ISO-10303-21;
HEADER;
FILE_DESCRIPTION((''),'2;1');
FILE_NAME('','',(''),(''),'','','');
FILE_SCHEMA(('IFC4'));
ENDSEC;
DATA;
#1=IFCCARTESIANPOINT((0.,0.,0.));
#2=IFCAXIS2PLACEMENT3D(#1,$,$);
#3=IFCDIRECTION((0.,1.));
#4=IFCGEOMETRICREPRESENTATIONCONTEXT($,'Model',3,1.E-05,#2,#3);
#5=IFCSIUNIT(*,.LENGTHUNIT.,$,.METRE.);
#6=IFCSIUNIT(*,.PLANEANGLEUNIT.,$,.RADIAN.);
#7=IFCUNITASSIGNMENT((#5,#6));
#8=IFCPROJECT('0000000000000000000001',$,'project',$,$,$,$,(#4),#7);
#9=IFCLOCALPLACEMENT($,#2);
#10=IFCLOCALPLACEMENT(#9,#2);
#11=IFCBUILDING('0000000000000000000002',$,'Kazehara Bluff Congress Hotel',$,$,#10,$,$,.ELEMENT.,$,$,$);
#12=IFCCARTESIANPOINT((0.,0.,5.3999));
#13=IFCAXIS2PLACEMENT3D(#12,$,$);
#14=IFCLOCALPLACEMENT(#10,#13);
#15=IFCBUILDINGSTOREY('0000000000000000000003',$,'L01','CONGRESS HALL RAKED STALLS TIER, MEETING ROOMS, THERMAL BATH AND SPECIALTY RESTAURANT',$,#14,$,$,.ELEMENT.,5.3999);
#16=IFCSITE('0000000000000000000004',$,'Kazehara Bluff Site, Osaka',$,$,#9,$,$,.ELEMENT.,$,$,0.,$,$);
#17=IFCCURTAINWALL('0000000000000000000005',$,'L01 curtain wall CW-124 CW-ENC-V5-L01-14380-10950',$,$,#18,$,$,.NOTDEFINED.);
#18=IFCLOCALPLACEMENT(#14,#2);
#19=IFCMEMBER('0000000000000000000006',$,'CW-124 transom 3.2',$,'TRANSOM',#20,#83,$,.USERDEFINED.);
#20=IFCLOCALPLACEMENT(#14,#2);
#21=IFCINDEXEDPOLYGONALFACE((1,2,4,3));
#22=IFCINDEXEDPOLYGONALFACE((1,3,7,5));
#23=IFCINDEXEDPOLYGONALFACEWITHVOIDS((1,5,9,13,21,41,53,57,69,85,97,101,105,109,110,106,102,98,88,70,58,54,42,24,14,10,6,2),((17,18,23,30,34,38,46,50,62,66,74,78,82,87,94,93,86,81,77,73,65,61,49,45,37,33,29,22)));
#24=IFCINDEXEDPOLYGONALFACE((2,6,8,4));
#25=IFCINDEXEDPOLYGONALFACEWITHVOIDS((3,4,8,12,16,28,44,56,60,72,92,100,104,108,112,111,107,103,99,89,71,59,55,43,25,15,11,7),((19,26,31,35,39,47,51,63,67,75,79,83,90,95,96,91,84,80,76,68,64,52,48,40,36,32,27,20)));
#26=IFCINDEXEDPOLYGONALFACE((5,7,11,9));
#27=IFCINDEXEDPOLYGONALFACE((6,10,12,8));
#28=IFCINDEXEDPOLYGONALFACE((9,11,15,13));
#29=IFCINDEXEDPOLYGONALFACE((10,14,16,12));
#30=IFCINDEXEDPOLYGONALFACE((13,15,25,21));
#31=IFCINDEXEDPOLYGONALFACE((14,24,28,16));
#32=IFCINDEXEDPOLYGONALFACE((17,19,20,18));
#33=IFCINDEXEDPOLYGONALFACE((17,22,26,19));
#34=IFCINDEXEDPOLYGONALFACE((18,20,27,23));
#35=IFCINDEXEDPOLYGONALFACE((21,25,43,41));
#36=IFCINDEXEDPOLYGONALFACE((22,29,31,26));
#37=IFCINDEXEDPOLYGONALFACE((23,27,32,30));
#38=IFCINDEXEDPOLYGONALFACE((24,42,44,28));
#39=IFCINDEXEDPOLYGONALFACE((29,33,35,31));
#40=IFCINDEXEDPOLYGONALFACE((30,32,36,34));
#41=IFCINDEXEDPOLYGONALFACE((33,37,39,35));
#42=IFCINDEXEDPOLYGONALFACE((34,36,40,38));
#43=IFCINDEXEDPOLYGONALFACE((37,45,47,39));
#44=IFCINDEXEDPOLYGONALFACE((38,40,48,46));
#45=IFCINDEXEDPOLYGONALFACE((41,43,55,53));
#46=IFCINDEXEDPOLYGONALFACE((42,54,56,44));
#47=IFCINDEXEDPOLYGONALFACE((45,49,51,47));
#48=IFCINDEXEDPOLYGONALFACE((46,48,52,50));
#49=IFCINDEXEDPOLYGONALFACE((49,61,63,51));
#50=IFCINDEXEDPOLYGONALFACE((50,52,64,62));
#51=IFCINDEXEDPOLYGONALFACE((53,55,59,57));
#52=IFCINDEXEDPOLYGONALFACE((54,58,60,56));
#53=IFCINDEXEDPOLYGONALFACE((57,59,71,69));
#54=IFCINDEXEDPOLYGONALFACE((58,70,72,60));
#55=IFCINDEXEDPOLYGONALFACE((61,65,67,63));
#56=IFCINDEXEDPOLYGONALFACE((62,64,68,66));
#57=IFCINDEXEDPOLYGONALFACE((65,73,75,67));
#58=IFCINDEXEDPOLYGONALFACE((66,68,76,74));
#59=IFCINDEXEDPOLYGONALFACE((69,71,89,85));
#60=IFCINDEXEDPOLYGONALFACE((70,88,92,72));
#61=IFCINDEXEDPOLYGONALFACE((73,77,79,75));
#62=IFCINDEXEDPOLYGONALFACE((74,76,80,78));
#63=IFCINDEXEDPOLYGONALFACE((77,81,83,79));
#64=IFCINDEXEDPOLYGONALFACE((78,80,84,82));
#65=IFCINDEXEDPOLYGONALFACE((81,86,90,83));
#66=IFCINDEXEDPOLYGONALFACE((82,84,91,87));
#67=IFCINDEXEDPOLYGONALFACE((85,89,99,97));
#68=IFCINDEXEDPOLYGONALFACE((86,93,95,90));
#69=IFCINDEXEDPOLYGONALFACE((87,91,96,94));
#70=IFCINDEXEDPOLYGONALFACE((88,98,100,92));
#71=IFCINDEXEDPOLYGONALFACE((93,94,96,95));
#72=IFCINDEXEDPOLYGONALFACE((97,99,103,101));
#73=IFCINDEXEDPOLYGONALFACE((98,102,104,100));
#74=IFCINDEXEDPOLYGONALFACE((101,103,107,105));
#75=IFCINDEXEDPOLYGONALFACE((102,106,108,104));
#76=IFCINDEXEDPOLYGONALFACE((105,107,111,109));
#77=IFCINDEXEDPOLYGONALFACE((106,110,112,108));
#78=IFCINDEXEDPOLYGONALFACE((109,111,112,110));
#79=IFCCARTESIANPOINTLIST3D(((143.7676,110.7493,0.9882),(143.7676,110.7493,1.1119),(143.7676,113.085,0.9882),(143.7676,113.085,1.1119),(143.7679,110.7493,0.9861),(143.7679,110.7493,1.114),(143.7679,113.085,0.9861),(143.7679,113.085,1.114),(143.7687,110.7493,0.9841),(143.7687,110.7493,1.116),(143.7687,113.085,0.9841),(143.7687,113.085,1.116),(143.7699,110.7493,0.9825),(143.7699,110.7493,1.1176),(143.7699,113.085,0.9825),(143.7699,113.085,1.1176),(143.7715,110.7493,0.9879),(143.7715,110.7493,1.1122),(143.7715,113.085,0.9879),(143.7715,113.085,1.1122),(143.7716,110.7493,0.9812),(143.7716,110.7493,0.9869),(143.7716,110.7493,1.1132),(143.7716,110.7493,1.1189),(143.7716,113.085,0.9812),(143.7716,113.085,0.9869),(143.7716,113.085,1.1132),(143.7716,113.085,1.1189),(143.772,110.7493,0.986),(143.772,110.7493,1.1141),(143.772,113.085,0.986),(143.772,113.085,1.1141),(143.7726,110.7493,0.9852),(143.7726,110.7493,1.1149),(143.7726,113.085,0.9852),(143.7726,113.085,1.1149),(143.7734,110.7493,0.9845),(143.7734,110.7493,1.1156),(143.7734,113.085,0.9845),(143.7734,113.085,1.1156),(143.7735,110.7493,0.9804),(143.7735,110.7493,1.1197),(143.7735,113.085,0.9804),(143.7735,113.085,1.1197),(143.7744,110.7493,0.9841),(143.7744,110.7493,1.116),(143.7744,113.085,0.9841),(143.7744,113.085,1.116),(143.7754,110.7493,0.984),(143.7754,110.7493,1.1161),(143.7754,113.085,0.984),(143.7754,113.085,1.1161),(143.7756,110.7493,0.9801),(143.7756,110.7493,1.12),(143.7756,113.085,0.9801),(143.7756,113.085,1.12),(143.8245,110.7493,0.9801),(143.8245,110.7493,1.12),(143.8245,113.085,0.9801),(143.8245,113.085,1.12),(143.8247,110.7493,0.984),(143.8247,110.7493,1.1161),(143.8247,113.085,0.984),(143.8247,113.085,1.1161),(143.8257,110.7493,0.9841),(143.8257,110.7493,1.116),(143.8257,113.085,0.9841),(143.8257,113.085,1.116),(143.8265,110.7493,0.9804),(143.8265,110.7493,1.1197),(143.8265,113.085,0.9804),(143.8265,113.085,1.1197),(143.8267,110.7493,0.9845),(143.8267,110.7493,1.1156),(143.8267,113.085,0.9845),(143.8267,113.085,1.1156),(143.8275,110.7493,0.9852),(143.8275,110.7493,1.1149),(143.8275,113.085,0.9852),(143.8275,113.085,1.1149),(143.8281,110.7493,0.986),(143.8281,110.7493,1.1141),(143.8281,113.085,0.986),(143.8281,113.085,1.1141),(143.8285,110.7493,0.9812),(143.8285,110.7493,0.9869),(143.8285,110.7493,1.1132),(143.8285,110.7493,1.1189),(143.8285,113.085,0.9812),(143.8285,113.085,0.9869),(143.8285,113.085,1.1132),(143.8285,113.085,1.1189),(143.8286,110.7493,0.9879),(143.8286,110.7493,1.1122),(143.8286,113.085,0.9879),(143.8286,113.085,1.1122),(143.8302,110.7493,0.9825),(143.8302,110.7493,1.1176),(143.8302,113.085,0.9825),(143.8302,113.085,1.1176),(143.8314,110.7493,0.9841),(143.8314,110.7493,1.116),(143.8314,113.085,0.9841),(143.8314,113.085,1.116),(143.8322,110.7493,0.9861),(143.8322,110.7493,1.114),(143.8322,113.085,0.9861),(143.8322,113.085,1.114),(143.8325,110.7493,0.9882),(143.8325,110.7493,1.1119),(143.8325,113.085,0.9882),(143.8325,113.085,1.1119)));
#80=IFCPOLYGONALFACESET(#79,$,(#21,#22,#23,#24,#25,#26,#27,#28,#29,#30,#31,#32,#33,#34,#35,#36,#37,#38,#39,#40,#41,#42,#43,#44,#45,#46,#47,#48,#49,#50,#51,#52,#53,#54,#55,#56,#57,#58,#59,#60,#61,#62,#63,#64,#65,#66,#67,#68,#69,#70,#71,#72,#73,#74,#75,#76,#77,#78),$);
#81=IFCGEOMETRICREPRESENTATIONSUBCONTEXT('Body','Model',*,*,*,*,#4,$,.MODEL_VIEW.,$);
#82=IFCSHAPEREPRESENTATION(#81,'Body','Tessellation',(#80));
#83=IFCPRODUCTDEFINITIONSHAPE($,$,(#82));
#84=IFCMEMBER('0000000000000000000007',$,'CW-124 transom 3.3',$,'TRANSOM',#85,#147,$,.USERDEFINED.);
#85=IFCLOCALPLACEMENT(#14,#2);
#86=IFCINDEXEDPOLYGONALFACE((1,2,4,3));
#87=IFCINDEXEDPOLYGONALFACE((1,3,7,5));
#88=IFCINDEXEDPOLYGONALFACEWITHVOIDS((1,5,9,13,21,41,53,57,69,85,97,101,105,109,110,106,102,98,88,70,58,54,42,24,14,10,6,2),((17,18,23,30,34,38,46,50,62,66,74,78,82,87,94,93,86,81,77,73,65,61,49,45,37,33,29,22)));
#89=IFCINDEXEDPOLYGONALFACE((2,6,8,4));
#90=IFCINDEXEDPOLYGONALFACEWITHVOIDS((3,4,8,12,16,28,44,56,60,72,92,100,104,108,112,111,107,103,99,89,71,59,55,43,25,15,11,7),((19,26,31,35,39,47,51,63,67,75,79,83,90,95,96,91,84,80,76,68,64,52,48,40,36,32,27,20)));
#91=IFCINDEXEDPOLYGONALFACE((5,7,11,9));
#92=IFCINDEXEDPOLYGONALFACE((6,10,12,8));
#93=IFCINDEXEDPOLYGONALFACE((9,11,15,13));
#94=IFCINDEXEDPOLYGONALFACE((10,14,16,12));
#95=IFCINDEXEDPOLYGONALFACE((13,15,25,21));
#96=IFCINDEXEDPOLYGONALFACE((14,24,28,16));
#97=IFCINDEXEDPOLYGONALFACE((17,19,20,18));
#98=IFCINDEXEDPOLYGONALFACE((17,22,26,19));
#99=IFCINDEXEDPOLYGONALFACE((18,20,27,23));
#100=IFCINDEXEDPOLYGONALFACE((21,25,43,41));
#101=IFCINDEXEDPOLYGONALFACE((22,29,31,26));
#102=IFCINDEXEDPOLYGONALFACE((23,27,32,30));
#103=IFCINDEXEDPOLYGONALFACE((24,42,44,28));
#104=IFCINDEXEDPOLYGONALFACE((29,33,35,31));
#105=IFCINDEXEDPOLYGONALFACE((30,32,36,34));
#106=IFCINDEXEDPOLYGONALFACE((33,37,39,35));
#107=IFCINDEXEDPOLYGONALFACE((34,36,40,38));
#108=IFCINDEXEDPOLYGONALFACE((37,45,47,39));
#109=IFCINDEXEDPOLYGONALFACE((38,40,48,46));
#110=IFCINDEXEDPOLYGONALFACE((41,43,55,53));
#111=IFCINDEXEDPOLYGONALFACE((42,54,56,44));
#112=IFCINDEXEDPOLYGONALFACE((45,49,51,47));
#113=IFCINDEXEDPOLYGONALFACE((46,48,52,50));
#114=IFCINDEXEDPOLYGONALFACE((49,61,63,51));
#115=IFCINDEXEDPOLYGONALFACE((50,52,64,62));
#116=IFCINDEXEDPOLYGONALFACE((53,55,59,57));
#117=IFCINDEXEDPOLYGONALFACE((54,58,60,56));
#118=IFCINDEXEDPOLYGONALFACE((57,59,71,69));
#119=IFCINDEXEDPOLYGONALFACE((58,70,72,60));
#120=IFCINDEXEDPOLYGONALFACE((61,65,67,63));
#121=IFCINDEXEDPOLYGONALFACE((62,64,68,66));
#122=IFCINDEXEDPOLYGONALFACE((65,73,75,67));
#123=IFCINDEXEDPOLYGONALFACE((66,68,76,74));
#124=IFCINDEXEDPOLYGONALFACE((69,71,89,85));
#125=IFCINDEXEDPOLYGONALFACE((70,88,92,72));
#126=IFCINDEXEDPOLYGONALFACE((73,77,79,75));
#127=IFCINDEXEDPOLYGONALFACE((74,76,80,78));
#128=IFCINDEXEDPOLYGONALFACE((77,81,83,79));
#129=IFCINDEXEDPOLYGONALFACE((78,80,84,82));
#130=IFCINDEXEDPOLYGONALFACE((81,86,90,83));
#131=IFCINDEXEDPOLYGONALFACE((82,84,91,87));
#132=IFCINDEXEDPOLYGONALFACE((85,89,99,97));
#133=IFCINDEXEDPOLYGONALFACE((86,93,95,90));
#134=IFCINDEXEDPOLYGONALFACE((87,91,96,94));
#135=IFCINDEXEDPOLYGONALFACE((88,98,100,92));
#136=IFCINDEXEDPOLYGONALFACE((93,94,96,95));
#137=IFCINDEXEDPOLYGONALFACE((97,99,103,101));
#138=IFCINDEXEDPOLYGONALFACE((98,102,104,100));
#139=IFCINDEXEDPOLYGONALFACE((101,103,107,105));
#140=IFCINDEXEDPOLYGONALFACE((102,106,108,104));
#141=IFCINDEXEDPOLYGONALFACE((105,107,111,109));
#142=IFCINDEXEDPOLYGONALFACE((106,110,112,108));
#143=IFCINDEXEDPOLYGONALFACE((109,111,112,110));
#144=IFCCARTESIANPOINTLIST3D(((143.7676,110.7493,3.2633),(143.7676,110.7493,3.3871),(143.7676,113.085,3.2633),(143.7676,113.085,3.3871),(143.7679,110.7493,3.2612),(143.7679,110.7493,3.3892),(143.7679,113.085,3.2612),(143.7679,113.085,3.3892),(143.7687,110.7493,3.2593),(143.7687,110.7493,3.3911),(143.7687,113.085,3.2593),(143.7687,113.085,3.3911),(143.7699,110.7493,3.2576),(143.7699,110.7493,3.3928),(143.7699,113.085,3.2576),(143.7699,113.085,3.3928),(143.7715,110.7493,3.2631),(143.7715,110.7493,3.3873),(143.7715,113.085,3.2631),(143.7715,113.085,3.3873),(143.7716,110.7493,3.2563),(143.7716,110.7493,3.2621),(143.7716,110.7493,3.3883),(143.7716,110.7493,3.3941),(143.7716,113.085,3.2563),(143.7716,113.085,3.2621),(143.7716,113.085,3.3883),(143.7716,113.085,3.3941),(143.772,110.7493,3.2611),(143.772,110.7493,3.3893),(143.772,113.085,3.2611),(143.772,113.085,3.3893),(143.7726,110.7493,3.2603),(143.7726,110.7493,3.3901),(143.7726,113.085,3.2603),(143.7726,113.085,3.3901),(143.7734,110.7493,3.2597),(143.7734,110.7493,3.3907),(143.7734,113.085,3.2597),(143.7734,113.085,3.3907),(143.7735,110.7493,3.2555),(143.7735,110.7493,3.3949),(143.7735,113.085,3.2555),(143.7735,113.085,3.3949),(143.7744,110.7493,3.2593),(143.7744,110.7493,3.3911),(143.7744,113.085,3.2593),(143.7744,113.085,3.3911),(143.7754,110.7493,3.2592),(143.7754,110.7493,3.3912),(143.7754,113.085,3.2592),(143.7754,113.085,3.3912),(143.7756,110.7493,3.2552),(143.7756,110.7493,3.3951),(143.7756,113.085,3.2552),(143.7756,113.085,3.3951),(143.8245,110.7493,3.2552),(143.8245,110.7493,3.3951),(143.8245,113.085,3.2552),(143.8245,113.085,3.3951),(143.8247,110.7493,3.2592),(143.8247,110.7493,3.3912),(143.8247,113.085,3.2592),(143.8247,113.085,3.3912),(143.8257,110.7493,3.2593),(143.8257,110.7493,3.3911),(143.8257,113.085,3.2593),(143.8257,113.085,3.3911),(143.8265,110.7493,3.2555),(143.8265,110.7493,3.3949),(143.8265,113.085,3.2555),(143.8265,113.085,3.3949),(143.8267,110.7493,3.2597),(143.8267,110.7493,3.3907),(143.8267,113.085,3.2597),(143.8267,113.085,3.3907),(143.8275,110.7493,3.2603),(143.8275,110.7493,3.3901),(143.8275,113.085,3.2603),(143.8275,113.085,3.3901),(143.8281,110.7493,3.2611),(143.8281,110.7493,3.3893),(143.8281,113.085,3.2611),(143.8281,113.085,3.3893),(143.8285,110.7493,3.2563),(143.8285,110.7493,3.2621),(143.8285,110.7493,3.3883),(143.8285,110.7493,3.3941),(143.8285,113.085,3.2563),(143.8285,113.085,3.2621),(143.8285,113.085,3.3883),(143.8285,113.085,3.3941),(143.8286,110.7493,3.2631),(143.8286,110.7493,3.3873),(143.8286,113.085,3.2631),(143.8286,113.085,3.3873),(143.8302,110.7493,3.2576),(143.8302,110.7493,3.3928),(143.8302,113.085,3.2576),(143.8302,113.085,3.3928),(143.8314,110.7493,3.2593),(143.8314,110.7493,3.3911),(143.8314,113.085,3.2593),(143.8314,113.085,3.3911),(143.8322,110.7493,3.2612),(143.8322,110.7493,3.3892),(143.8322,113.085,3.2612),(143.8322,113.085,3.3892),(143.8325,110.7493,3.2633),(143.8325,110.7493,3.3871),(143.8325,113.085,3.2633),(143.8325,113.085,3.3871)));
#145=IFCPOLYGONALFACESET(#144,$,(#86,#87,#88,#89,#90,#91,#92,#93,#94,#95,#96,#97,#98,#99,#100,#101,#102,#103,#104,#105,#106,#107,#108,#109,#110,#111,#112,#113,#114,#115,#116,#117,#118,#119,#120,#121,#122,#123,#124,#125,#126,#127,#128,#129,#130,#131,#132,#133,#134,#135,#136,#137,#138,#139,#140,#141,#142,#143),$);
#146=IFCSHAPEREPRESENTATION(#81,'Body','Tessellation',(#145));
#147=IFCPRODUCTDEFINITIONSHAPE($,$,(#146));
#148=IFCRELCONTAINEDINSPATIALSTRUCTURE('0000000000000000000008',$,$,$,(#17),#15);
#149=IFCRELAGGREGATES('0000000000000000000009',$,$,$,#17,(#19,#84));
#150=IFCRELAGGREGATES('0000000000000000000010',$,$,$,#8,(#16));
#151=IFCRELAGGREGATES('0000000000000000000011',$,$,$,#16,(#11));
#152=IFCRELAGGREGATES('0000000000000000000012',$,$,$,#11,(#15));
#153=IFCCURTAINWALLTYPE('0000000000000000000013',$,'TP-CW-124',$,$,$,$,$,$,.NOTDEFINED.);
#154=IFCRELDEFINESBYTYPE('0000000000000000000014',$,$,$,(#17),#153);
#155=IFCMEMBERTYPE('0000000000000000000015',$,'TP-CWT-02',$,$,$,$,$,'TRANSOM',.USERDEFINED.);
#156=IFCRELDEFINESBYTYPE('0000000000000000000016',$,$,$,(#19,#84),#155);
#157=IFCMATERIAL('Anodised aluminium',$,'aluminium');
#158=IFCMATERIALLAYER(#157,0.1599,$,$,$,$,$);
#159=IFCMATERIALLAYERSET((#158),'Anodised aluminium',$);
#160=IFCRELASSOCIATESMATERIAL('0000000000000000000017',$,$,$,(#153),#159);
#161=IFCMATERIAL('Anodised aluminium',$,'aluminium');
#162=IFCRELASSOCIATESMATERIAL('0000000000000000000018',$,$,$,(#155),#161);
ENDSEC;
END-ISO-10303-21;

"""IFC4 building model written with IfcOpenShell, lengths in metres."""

from ifc_helpers import new_model, si_unit, direction, frame, origin, origin_2d, place, context, subcontext, project, spatial, hollow_rectangle, extrude, material, layer, layer_set, material_profile, profile_set, type_object, element, aggregate, save


model = new_model("IFC4")

# Units and contexts
model_context = context("Model", 3, precision=1e-05, world=origin(), true_north=direction((0.0, 1.0)))
body_context = subcontext(model_context, "Body", "Model", "MODEL_VIEW")
ifc_project = project(units=[si_unit("LENGTHUNIT", "METRE"), si_unit("PLANEANGLEUNIT", "RADIAN")], contexts=[model_context])

# Site, building, storey
site_placement = place(None, origin())
site = spatial("IfcSite", under=ifc_project, at=site_placement, Name="Kazehara Bluff Site, Osaka", CompositionType="ELEMENT", RefElevation=0.0)
building_placement = place(site_placement, origin())
building = spatial("IfcBuilding", under=site, at=building_placement, Name="Kazehara Bluff Congress Hotel", CompositionType="ELEMENT")
storey_placement = place(building_placement, frame((0.0, 0.0, 5.3999)))
storey = spatial("IfcBuildingStorey", under=building, at=storey_placement, Name="L01", Description="CONGRESS HALL RAKED STALLS TIER, MEETING ROOMS, THERMAL BATH AND SPECIALTY RESTAURANT", CompositionType="ELEMENT", Elevation=5.3999)

# Curtain wall
ifc_material_1 = material(Name="Anodised aluminium", Category="aluminium")
ifc_layer_1 = layer(ifc_material_1, 0.1599)
ifc_layer_set_1 = layer_set([ifc_layer_1], Name="Anodised aluminium")
curtain_wall_type_1 = type_object("IfcCurtainWallType", Name="TP-CW-124", PredefinedType="NOTDEFINED", material=ifc_layer_set_1)
curtain_wall_1_placement = place(storey_placement, origin())
curtain_wall_1 = element("IfcCurtainWall", 1, at=curtain_wall_1_placement, inside=storey, type_object=curtain_wall_type_1, Name="L01 curtain wall CW-124 CW-ENC-V5-L01-14380-10950", PredefinedType="NOTDEFINED")

# Members
ifc_material_2 = material(Name="Anodised aluminium", Category="aluminium")
ifc_material_profile_1 = material_profile(ifc_material_2, hollow_rectangle(XDim=0.0649, YDim=0.1399, WallThickness=0.0039, InnerFilletRadius=0.0039, OuterFilletRadius=0.0081, at=origin_2d()))
ifc_profile_set_1 = profile_set([ifc_material_profile_1], Name="Anodised aluminium")
member_type_1 = type_object("IfcMemberType", Name="TP-CWT-02", ElementType="TRANSOM", PredefinedType="USERDEFINED", material=ifc_profile_set_1)
member_1_placement = place(storey_placement, frame((143.8, 110.7493, 1.05), z_axis=(0.0, 1.0, 0.0), x_axis=(-1.0, 0.0, 0.0)))
member_1 = element("IfcMember", 2, at=member_1_placement, type_object=member_type_1, Name="CW-124 transom 3.2", ObjectType="TRANSOM", PredefinedType="USERDEFINED", context=body_context, shape_type="SweptSolid", body=[
    extrude(hollow_rectangle(XDim=0.0649, YDim=0.1399, WallThickness=0.0039, InnerFilletRadius=0.0039, OuterFilletRadius=0.0081, at=origin_2d()), origin(), (0.0, 0.0, 1.0), 2.3357),
])
member_2_placement = place(storey_placement, frame((143.8, 110.7493, 3.3252), z_axis=(0.0, 1.0, 0.0), x_axis=(-1.0, 0.0, 0.0)))
member_2 = element("IfcMember", 3, at=member_2_placement, type_object=member_type_1, Name="CW-124 transom 3.3", ObjectType="TRANSOM", PredefinedType="USERDEFINED", context=body_context, shape_type="SweptSolid", body=[
    extrude(hollow_rectangle(XDim=0.0649, YDim=0.1399, WallThickness=0.0039, InnerFilletRadius=0.0039, OuterFilletRadius=0.0081, at=origin_2d()), origin(), (0.0, 0.0, 1.0), 2.3357),
])

aggregate(curtain_wall_1, [member_1, member_2])

save(model, "model.ifc")
